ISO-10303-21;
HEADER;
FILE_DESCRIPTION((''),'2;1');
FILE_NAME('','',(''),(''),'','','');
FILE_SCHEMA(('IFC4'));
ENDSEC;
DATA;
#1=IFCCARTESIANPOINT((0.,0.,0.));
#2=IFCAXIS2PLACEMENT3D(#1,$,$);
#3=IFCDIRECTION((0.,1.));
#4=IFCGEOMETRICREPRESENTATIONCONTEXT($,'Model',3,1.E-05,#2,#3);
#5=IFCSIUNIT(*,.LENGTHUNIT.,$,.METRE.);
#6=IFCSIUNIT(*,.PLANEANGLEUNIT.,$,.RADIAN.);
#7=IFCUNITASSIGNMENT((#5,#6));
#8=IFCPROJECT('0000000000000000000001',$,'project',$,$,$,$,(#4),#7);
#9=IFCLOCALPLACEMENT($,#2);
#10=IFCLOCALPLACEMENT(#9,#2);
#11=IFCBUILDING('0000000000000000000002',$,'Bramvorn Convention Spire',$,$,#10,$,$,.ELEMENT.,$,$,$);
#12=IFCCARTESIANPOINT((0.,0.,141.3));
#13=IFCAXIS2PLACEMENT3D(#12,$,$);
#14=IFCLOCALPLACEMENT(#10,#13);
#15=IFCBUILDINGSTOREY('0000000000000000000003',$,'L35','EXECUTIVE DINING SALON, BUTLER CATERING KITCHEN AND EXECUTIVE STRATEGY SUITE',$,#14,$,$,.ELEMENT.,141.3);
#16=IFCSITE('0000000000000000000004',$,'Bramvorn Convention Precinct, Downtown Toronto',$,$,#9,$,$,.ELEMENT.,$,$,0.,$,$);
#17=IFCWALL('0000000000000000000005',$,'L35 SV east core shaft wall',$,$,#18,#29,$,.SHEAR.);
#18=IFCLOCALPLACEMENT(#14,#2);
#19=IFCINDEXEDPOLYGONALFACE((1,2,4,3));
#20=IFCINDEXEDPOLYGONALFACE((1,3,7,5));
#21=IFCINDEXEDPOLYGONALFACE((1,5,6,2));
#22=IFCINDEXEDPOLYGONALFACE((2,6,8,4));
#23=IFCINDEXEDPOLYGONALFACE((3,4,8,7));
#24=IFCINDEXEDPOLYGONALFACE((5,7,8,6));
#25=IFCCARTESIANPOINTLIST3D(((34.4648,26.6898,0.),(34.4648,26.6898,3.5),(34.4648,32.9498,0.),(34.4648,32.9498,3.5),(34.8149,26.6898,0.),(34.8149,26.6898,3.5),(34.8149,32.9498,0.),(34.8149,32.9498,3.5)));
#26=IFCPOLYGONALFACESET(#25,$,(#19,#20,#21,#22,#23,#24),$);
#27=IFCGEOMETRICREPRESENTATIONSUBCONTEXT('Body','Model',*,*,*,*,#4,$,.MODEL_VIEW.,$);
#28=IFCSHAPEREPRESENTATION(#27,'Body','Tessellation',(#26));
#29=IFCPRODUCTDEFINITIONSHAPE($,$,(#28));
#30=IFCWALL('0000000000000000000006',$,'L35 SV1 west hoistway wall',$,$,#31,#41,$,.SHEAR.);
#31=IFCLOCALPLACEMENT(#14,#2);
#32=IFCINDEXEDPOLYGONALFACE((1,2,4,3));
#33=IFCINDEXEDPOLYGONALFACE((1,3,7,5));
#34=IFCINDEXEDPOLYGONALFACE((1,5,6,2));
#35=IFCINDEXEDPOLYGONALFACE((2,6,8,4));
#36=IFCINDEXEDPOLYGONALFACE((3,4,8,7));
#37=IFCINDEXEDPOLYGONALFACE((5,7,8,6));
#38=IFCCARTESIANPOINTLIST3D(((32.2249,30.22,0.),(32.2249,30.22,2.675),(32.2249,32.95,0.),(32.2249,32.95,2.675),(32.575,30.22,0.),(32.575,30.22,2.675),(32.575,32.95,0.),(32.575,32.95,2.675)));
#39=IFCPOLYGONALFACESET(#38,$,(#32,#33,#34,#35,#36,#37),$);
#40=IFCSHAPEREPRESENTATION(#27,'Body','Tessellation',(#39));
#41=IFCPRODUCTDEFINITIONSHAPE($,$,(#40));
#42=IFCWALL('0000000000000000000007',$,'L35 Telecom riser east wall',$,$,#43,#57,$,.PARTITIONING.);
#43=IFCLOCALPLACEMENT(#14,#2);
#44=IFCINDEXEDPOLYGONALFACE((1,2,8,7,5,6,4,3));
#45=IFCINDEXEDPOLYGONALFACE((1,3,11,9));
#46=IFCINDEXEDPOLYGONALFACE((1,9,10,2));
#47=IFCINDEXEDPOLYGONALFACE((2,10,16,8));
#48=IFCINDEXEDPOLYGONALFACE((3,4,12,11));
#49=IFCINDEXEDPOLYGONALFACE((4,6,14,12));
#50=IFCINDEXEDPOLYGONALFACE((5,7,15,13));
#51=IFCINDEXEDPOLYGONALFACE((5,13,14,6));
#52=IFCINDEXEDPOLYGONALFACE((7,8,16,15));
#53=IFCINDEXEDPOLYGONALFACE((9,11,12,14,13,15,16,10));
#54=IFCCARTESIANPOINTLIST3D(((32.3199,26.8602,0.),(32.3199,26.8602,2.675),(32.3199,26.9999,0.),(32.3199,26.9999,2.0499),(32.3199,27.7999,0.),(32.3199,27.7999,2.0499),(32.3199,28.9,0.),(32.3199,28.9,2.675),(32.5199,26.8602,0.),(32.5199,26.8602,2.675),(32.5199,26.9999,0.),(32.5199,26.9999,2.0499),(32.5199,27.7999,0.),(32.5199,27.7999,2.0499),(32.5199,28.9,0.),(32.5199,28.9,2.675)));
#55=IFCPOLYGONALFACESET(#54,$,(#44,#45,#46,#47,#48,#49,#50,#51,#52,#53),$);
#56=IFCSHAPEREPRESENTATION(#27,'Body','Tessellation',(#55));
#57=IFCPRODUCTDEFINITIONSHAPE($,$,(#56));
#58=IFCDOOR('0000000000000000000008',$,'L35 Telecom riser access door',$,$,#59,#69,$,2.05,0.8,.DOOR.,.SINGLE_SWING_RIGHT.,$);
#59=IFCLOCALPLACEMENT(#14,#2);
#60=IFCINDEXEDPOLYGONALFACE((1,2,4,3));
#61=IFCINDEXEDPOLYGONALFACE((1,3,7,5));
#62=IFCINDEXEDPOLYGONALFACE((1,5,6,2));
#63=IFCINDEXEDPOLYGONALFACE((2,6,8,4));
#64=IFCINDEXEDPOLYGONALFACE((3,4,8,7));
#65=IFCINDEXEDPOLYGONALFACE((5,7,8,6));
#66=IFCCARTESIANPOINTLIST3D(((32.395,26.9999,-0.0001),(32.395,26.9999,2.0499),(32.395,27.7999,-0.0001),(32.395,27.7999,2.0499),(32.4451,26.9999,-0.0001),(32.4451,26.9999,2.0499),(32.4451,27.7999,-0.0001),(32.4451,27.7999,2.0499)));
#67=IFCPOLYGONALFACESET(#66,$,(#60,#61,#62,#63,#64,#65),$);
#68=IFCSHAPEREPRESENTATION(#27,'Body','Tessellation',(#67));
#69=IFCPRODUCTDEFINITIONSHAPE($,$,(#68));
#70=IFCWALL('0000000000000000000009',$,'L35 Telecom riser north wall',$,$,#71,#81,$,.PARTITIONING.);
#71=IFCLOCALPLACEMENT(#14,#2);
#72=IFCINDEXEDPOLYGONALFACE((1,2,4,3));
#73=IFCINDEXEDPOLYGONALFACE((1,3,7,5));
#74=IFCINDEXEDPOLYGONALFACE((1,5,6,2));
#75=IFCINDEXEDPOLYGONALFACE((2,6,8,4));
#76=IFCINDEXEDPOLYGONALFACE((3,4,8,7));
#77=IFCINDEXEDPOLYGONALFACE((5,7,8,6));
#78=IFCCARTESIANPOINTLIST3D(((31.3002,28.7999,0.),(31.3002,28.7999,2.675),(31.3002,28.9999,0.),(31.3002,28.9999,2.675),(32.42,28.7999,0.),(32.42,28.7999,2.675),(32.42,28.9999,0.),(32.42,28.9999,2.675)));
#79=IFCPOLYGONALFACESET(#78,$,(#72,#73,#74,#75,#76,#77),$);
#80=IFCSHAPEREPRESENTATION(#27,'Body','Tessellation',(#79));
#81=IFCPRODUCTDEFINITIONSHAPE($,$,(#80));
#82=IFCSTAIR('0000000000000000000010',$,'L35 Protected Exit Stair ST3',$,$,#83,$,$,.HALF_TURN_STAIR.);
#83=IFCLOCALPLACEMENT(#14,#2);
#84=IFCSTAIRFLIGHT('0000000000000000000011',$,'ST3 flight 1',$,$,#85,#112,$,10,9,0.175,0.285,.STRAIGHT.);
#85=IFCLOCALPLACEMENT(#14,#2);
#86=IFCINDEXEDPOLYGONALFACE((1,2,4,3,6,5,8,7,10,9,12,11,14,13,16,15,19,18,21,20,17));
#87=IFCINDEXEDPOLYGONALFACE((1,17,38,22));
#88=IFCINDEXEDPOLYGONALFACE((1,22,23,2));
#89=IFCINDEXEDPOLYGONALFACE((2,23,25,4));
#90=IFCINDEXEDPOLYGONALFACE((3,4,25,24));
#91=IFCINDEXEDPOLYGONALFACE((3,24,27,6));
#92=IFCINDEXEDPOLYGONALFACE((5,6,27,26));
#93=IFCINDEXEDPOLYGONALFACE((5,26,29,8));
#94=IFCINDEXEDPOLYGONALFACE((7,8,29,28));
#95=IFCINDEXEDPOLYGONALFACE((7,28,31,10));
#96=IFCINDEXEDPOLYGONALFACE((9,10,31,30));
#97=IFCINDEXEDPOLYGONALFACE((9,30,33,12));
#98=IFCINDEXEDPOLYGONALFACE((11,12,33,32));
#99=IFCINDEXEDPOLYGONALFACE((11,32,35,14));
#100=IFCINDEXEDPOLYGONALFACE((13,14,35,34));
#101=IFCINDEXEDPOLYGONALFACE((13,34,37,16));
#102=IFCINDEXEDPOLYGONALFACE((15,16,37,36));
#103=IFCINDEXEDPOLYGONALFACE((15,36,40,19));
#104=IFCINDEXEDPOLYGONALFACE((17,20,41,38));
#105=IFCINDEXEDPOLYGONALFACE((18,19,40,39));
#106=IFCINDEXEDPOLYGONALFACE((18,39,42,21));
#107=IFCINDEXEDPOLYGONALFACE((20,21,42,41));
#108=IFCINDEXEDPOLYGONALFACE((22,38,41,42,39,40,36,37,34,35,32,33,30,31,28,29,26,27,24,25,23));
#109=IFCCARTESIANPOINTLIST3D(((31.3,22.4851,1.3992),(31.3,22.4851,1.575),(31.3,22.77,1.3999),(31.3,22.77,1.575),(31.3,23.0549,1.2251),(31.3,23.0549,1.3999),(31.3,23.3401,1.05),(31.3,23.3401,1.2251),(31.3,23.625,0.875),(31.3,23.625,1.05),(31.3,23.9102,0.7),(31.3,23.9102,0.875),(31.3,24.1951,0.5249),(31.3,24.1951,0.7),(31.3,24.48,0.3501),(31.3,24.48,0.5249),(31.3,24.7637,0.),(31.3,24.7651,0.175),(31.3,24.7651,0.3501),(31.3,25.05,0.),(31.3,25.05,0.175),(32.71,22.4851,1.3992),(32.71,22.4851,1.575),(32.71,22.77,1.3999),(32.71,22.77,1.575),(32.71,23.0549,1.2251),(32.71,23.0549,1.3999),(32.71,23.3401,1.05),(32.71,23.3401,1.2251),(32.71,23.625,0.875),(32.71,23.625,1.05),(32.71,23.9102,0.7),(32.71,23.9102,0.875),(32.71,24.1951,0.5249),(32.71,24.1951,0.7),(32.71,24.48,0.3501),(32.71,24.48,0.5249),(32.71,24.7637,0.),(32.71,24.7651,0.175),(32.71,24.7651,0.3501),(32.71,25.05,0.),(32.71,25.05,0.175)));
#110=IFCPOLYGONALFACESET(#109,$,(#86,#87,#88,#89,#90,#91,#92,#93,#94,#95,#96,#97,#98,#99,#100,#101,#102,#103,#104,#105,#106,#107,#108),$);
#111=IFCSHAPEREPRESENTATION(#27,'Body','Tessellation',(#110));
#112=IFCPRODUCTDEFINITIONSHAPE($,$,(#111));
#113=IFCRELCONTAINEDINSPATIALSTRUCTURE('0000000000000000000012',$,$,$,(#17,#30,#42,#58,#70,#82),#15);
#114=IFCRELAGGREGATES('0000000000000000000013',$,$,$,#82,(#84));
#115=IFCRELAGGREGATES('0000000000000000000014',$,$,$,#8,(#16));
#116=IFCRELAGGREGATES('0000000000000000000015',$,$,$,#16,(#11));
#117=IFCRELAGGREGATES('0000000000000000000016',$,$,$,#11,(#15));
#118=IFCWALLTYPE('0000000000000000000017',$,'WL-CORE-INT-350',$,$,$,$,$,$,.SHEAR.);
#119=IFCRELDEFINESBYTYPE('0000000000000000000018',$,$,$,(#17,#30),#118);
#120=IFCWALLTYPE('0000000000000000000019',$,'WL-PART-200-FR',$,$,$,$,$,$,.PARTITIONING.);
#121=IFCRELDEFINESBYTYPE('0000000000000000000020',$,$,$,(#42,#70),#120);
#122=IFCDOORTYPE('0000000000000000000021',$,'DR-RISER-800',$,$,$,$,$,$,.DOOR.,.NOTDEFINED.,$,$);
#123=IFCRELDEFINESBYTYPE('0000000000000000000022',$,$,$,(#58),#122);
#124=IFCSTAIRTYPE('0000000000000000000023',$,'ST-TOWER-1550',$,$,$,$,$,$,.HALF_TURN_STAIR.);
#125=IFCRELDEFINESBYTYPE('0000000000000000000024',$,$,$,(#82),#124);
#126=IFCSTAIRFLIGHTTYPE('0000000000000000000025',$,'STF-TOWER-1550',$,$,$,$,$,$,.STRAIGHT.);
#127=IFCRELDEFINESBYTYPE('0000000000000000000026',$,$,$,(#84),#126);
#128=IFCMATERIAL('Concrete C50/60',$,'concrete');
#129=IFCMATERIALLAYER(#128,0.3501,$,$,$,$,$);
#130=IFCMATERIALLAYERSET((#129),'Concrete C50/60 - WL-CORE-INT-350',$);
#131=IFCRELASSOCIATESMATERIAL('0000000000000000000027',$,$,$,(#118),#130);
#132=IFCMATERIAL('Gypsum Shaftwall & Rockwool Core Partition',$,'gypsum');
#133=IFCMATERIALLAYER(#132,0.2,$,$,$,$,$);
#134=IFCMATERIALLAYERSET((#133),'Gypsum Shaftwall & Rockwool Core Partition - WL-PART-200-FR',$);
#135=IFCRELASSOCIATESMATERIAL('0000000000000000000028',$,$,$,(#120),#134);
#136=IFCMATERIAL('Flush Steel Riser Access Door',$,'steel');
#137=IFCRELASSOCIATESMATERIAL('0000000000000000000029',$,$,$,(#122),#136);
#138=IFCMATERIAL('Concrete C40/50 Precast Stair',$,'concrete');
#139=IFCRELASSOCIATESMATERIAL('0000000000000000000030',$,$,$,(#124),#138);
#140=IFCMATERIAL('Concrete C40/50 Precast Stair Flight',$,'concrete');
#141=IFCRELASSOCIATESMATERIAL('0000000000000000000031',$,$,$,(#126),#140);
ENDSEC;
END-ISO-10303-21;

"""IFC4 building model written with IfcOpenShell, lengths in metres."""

from ifc_helpers import new_model, si_unit, direction, frame, frame_2d, origin, place, context, subcontext, project, spatial, polyline, rectangle, outline, extrude, material, layer, layer_set, type_object, element, fill, aggregate, save


model = new_model("IFC4")

# Units and contexts
model_context = context("Model", 3, precision=1e-05, world=origin(), true_north=direction((0.0, 1.0)))
body_context = subcontext(model_context, "Body", "Model", "MODEL_VIEW")
ifc_project = project(units=[si_unit("LENGTHUNIT", "METRE"), si_unit("PLANEANGLEUNIT", "RADIAN")], contexts=[model_context])

# Site, building, storey
site_placement = place(None, origin())
site = spatial("IfcSite", under=ifc_project, at=site_placement, Name="Bramvorn Convention Precinct, Downtown Toronto", CompositionType="ELEMENT", RefElevation=0.0)
building_placement = place(site_placement, origin())
building = spatial("IfcBuilding", under=site, at=building_placement, Name="Bramvorn Convention Spire", CompositionType="ELEMENT")
storey_placement = place(building_placement, frame((0.0, 0.0, 141.3)))
storey = spatial("IfcBuildingStorey", under=building, at=storey_placement, Name="L35", Description="EXECUTIVE DINING SALON, BUTLER CATERING KITCHEN AND EXECUTIVE STRATEGY SUITE", CompositionType="ELEMENT", Elevation=141.3)

# Wall
ifc_material_1 = material(Name="Concrete C50/60", Category="concrete")
ifc_layer_1 = layer(ifc_material_1, 0.3501)
ifc_layer_set_1 = layer_set([ifc_layer_1], Name="Concrete C50/60 - WL-CORE-INT-350")
wall_type_1 = type_object("IfcWallType", Name="WL-CORE-INT-350", PredefinedType="SHEAR", material=ifc_layer_set_1)
wall_1_placement = place(storey_placement, frame((34.6399, 26.6899, 0.0), z_axis=(0.0, 0.0, 1.0), x_axis=(0.0, 1.0, 0.0)))
element("IfcWall", 1, at=wall_1_placement, inside=storey, type_object=wall_type_1, Name="L35 SV east core shaft wall", PredefinedType="SHEAR", context=body_context, shape_type="SweptSolid", body=[
    extrude(rectangle(XDim=6.26, YDim=0.3501, at=frame_2d((3.1299, 0.0))), origin(), (0.0, 0.0, 1.0), 3.5),
])

# Wall
wall_2_placement = place(storey_placement, frame((32.3999, 30.22, 0.0), z_axis=(0.0, 0.0, 1.0), x_axis=(0.0, 1.0, 0.0)))
element("IfcWall", 2, at=wall_2_placement, inside=storey, type_object=wall_type_1, Name="L35 SV1 west hoistway wall", PredefinedType="SHEAR", context=body_context, shape_type="SweptSolid", body=[
    extrude(rectangle(XDim=2.73, YDim=0.3501, at=frame_2d((1.365, 0.0))), origin(), (0.0, 0.0, 1.0), 2.675),
])

# Wall, opening, door
ifc_material_2 = material(Name="Gypsum Shaftwall & Rockwool Core Partition", Category="gypsum")
ifc_layer_2 = layer(ifc_material_2, 0.2)
ifc_layer_set_2 = layer_set([ifc_layer_2], Name="Gypsum Shaftwall & Rockwool Core Partition - WL-PART-200-FR")
wall_type_2 = type_object("IfcWallType", Name="WL-PART-200-FR", PredefinedType="PARTITIONING", material=ifc_layer_set_2)
wall_3_placement = place(storey_placement, frame((32.4199, 26.8601, 0.0), z_axis=(0.0, 0.0, 1.0), x_axis=(0.0, 1.0, 0.0)))
wall_3 = element("IfcWall", 3, at=wall_3_placement, inside=storey, type_object=wall_type_2, Name="L35 Telecom riser east wall", PredefinedType="PARTITIONING", context=body_context, shape_type="SweptSolid", body=[
    extrude(rectangle(XDim=2.0398, YDim=0.2, at=frame_2d((1.02, 0.0))), origin(), (0.0, 0.0, 1.0), 2.675),
])
opening_1_placement = place(wall_3_placement, frame((0.1399, 0.0, 0.0)))
opening_1 = element("IfcOpeningElement", 4, at=opening_1_placement, cuts=wall_3, PredefinedType="OPENING", context=body_context, shape_type="SweptSolid", body=[
    extrude(rectangle(XDim=0.8, YDim=2.05, at=frame_2d((0.3999, 1.0249))), frame((0.0, 0.1099, 0.0), z_axis=(0.0, -1.0, 0.0), x_axis=(1.0, 0.0, 0.0)), (0.0, 0.0, 1.0), 0.22),
])
ifc_material_3 = material(Name="Flush Steel Riser Access Door", Category="steel")
door_type_1 = type_object("IfcDoorType", Name="DR-RISER-800", OperationType="NOTDEFINED", PredefinedType="DOOR", material=ifc_material_3)
door_1_placement = place(opening_1_placement, origin())
door_1 = element("IfcDoor", 5, at=door_1_placement, inside=storey, type_object=door_type_1, Name="L35 Telecom riser access door", OperationType="SINGLE_SWING_RIGHT", OverallHeight=2.05, OverallWidth=0.8, PredefinedType="DOOR", context=body_context, shape_type="SweptSolid", body=[
    extrude(rectangle(XDim=0.8, YDim=2.05, at=frame_2d((0.3999, 1.0249))), frame((0.0, 0.0249, 0.0), z_axis=(0.0, -1.0, 0.0), x_axis=(1.0, 0.0, 0.0)), (0.0, 0.0, 1.0), 0.05),
])
fill(opening_1, door_1)

# Wall
wall_4_placement = place(storey_placement, frame((31.3, 28.8999, 0.0), z_axis=(0.0, 0.0, 1.0), x_axis=(1.0, 0.0, 0.0)))
element("IfcWall", 6, at=wall_4_placement, inside=storey, type_object=wall_type_2, Name="L35 Telecom riser north wall", PredefinedType="PARTITIONING", context=body_context, shape_type="SweptSolid", body=[
    extrude(rectangle(XDim=1.1199, YDim=0.2, at=frame_2d((0.5601, 0.0))), origin(), (0.0, 0.0, 1.0), 2.675),
])

# Stair, stair flight
ifc_material_4 = material(Name="Concrete C40/50 Precast Stair", Category="concrete")
stair_type = type_object("IfcStairType", Name="ST-TOWER-1550", PredefinedType="HALF_TURN_STAIR", material=ifc_material_4)
stair_placement = place(storey_placement, origin())
stair = element("IfcStair", 7, at=stair_placement, inside=storey, type_object=stair_type, Name="L35 Protected Exit Stair ST3", PredefinedType="HALF_TURN_STAIR")
ifc_material_5 = material(Name="Concrete C40/50 Precast Stair Flight", Category="concrete")
stair_flight_type = type_object("IfcStairFlightType", Name="STF-TOWER-1550", PredefinedType="STRAIGHT", material=ifc_material_5)
stair_flight_placement = place(storey_placement, frame((32.0049, 25.05, 0.0), z_axis=(0.0, 0.0, 1.0), x_axis=(0.0, -1.0, 0.0)))
stair_flight = element("IfcStairFlight", 8, at=stair_flight_placement, type_object=stair_flight_type, Name="ST3 flight 1", NumberOfRisers=10, NumberOfTreads=9, PredefinedType="STRAIGHT", RiserHeight=0.175, TreadLength=0.285, context=body_context, shape_type="SweptSolid", body=[
    extrude(outline(polyline([(0.0, 0.0), (0.0, 0.175), (0.2849, 0.175), (0.2849, 0.3501), (0.5701, 0.3501), (0.5701, 0.5249), (0.855, 0.5249), (0.855, 0.7), (1.1399, 0.7), (1.1399, 0.875), (1.425, 0.875), (1.425, 1.05), (1.71, 1.05), (1.71, 1.2251), (1.9951, 1.2251), (1.9951, 1.3999), (2.28, 1.3999), (2.28, 1.575), (2.5649, 1.575), (2.5649, 1.75), (2.5649, 1.3992), (0.2864, 0.0), (0.0, 0.0)])), frame((0.0, 0.7051, 0.0), z_axis=(0.0, -1.0, 0.0), x_axis=(1.0, 0.0, 0.0)), (0.0, 0.0, 1.0), 1.4099),
])
aggregate(stair, [stair_flight])

save(model, "model.ifc")
